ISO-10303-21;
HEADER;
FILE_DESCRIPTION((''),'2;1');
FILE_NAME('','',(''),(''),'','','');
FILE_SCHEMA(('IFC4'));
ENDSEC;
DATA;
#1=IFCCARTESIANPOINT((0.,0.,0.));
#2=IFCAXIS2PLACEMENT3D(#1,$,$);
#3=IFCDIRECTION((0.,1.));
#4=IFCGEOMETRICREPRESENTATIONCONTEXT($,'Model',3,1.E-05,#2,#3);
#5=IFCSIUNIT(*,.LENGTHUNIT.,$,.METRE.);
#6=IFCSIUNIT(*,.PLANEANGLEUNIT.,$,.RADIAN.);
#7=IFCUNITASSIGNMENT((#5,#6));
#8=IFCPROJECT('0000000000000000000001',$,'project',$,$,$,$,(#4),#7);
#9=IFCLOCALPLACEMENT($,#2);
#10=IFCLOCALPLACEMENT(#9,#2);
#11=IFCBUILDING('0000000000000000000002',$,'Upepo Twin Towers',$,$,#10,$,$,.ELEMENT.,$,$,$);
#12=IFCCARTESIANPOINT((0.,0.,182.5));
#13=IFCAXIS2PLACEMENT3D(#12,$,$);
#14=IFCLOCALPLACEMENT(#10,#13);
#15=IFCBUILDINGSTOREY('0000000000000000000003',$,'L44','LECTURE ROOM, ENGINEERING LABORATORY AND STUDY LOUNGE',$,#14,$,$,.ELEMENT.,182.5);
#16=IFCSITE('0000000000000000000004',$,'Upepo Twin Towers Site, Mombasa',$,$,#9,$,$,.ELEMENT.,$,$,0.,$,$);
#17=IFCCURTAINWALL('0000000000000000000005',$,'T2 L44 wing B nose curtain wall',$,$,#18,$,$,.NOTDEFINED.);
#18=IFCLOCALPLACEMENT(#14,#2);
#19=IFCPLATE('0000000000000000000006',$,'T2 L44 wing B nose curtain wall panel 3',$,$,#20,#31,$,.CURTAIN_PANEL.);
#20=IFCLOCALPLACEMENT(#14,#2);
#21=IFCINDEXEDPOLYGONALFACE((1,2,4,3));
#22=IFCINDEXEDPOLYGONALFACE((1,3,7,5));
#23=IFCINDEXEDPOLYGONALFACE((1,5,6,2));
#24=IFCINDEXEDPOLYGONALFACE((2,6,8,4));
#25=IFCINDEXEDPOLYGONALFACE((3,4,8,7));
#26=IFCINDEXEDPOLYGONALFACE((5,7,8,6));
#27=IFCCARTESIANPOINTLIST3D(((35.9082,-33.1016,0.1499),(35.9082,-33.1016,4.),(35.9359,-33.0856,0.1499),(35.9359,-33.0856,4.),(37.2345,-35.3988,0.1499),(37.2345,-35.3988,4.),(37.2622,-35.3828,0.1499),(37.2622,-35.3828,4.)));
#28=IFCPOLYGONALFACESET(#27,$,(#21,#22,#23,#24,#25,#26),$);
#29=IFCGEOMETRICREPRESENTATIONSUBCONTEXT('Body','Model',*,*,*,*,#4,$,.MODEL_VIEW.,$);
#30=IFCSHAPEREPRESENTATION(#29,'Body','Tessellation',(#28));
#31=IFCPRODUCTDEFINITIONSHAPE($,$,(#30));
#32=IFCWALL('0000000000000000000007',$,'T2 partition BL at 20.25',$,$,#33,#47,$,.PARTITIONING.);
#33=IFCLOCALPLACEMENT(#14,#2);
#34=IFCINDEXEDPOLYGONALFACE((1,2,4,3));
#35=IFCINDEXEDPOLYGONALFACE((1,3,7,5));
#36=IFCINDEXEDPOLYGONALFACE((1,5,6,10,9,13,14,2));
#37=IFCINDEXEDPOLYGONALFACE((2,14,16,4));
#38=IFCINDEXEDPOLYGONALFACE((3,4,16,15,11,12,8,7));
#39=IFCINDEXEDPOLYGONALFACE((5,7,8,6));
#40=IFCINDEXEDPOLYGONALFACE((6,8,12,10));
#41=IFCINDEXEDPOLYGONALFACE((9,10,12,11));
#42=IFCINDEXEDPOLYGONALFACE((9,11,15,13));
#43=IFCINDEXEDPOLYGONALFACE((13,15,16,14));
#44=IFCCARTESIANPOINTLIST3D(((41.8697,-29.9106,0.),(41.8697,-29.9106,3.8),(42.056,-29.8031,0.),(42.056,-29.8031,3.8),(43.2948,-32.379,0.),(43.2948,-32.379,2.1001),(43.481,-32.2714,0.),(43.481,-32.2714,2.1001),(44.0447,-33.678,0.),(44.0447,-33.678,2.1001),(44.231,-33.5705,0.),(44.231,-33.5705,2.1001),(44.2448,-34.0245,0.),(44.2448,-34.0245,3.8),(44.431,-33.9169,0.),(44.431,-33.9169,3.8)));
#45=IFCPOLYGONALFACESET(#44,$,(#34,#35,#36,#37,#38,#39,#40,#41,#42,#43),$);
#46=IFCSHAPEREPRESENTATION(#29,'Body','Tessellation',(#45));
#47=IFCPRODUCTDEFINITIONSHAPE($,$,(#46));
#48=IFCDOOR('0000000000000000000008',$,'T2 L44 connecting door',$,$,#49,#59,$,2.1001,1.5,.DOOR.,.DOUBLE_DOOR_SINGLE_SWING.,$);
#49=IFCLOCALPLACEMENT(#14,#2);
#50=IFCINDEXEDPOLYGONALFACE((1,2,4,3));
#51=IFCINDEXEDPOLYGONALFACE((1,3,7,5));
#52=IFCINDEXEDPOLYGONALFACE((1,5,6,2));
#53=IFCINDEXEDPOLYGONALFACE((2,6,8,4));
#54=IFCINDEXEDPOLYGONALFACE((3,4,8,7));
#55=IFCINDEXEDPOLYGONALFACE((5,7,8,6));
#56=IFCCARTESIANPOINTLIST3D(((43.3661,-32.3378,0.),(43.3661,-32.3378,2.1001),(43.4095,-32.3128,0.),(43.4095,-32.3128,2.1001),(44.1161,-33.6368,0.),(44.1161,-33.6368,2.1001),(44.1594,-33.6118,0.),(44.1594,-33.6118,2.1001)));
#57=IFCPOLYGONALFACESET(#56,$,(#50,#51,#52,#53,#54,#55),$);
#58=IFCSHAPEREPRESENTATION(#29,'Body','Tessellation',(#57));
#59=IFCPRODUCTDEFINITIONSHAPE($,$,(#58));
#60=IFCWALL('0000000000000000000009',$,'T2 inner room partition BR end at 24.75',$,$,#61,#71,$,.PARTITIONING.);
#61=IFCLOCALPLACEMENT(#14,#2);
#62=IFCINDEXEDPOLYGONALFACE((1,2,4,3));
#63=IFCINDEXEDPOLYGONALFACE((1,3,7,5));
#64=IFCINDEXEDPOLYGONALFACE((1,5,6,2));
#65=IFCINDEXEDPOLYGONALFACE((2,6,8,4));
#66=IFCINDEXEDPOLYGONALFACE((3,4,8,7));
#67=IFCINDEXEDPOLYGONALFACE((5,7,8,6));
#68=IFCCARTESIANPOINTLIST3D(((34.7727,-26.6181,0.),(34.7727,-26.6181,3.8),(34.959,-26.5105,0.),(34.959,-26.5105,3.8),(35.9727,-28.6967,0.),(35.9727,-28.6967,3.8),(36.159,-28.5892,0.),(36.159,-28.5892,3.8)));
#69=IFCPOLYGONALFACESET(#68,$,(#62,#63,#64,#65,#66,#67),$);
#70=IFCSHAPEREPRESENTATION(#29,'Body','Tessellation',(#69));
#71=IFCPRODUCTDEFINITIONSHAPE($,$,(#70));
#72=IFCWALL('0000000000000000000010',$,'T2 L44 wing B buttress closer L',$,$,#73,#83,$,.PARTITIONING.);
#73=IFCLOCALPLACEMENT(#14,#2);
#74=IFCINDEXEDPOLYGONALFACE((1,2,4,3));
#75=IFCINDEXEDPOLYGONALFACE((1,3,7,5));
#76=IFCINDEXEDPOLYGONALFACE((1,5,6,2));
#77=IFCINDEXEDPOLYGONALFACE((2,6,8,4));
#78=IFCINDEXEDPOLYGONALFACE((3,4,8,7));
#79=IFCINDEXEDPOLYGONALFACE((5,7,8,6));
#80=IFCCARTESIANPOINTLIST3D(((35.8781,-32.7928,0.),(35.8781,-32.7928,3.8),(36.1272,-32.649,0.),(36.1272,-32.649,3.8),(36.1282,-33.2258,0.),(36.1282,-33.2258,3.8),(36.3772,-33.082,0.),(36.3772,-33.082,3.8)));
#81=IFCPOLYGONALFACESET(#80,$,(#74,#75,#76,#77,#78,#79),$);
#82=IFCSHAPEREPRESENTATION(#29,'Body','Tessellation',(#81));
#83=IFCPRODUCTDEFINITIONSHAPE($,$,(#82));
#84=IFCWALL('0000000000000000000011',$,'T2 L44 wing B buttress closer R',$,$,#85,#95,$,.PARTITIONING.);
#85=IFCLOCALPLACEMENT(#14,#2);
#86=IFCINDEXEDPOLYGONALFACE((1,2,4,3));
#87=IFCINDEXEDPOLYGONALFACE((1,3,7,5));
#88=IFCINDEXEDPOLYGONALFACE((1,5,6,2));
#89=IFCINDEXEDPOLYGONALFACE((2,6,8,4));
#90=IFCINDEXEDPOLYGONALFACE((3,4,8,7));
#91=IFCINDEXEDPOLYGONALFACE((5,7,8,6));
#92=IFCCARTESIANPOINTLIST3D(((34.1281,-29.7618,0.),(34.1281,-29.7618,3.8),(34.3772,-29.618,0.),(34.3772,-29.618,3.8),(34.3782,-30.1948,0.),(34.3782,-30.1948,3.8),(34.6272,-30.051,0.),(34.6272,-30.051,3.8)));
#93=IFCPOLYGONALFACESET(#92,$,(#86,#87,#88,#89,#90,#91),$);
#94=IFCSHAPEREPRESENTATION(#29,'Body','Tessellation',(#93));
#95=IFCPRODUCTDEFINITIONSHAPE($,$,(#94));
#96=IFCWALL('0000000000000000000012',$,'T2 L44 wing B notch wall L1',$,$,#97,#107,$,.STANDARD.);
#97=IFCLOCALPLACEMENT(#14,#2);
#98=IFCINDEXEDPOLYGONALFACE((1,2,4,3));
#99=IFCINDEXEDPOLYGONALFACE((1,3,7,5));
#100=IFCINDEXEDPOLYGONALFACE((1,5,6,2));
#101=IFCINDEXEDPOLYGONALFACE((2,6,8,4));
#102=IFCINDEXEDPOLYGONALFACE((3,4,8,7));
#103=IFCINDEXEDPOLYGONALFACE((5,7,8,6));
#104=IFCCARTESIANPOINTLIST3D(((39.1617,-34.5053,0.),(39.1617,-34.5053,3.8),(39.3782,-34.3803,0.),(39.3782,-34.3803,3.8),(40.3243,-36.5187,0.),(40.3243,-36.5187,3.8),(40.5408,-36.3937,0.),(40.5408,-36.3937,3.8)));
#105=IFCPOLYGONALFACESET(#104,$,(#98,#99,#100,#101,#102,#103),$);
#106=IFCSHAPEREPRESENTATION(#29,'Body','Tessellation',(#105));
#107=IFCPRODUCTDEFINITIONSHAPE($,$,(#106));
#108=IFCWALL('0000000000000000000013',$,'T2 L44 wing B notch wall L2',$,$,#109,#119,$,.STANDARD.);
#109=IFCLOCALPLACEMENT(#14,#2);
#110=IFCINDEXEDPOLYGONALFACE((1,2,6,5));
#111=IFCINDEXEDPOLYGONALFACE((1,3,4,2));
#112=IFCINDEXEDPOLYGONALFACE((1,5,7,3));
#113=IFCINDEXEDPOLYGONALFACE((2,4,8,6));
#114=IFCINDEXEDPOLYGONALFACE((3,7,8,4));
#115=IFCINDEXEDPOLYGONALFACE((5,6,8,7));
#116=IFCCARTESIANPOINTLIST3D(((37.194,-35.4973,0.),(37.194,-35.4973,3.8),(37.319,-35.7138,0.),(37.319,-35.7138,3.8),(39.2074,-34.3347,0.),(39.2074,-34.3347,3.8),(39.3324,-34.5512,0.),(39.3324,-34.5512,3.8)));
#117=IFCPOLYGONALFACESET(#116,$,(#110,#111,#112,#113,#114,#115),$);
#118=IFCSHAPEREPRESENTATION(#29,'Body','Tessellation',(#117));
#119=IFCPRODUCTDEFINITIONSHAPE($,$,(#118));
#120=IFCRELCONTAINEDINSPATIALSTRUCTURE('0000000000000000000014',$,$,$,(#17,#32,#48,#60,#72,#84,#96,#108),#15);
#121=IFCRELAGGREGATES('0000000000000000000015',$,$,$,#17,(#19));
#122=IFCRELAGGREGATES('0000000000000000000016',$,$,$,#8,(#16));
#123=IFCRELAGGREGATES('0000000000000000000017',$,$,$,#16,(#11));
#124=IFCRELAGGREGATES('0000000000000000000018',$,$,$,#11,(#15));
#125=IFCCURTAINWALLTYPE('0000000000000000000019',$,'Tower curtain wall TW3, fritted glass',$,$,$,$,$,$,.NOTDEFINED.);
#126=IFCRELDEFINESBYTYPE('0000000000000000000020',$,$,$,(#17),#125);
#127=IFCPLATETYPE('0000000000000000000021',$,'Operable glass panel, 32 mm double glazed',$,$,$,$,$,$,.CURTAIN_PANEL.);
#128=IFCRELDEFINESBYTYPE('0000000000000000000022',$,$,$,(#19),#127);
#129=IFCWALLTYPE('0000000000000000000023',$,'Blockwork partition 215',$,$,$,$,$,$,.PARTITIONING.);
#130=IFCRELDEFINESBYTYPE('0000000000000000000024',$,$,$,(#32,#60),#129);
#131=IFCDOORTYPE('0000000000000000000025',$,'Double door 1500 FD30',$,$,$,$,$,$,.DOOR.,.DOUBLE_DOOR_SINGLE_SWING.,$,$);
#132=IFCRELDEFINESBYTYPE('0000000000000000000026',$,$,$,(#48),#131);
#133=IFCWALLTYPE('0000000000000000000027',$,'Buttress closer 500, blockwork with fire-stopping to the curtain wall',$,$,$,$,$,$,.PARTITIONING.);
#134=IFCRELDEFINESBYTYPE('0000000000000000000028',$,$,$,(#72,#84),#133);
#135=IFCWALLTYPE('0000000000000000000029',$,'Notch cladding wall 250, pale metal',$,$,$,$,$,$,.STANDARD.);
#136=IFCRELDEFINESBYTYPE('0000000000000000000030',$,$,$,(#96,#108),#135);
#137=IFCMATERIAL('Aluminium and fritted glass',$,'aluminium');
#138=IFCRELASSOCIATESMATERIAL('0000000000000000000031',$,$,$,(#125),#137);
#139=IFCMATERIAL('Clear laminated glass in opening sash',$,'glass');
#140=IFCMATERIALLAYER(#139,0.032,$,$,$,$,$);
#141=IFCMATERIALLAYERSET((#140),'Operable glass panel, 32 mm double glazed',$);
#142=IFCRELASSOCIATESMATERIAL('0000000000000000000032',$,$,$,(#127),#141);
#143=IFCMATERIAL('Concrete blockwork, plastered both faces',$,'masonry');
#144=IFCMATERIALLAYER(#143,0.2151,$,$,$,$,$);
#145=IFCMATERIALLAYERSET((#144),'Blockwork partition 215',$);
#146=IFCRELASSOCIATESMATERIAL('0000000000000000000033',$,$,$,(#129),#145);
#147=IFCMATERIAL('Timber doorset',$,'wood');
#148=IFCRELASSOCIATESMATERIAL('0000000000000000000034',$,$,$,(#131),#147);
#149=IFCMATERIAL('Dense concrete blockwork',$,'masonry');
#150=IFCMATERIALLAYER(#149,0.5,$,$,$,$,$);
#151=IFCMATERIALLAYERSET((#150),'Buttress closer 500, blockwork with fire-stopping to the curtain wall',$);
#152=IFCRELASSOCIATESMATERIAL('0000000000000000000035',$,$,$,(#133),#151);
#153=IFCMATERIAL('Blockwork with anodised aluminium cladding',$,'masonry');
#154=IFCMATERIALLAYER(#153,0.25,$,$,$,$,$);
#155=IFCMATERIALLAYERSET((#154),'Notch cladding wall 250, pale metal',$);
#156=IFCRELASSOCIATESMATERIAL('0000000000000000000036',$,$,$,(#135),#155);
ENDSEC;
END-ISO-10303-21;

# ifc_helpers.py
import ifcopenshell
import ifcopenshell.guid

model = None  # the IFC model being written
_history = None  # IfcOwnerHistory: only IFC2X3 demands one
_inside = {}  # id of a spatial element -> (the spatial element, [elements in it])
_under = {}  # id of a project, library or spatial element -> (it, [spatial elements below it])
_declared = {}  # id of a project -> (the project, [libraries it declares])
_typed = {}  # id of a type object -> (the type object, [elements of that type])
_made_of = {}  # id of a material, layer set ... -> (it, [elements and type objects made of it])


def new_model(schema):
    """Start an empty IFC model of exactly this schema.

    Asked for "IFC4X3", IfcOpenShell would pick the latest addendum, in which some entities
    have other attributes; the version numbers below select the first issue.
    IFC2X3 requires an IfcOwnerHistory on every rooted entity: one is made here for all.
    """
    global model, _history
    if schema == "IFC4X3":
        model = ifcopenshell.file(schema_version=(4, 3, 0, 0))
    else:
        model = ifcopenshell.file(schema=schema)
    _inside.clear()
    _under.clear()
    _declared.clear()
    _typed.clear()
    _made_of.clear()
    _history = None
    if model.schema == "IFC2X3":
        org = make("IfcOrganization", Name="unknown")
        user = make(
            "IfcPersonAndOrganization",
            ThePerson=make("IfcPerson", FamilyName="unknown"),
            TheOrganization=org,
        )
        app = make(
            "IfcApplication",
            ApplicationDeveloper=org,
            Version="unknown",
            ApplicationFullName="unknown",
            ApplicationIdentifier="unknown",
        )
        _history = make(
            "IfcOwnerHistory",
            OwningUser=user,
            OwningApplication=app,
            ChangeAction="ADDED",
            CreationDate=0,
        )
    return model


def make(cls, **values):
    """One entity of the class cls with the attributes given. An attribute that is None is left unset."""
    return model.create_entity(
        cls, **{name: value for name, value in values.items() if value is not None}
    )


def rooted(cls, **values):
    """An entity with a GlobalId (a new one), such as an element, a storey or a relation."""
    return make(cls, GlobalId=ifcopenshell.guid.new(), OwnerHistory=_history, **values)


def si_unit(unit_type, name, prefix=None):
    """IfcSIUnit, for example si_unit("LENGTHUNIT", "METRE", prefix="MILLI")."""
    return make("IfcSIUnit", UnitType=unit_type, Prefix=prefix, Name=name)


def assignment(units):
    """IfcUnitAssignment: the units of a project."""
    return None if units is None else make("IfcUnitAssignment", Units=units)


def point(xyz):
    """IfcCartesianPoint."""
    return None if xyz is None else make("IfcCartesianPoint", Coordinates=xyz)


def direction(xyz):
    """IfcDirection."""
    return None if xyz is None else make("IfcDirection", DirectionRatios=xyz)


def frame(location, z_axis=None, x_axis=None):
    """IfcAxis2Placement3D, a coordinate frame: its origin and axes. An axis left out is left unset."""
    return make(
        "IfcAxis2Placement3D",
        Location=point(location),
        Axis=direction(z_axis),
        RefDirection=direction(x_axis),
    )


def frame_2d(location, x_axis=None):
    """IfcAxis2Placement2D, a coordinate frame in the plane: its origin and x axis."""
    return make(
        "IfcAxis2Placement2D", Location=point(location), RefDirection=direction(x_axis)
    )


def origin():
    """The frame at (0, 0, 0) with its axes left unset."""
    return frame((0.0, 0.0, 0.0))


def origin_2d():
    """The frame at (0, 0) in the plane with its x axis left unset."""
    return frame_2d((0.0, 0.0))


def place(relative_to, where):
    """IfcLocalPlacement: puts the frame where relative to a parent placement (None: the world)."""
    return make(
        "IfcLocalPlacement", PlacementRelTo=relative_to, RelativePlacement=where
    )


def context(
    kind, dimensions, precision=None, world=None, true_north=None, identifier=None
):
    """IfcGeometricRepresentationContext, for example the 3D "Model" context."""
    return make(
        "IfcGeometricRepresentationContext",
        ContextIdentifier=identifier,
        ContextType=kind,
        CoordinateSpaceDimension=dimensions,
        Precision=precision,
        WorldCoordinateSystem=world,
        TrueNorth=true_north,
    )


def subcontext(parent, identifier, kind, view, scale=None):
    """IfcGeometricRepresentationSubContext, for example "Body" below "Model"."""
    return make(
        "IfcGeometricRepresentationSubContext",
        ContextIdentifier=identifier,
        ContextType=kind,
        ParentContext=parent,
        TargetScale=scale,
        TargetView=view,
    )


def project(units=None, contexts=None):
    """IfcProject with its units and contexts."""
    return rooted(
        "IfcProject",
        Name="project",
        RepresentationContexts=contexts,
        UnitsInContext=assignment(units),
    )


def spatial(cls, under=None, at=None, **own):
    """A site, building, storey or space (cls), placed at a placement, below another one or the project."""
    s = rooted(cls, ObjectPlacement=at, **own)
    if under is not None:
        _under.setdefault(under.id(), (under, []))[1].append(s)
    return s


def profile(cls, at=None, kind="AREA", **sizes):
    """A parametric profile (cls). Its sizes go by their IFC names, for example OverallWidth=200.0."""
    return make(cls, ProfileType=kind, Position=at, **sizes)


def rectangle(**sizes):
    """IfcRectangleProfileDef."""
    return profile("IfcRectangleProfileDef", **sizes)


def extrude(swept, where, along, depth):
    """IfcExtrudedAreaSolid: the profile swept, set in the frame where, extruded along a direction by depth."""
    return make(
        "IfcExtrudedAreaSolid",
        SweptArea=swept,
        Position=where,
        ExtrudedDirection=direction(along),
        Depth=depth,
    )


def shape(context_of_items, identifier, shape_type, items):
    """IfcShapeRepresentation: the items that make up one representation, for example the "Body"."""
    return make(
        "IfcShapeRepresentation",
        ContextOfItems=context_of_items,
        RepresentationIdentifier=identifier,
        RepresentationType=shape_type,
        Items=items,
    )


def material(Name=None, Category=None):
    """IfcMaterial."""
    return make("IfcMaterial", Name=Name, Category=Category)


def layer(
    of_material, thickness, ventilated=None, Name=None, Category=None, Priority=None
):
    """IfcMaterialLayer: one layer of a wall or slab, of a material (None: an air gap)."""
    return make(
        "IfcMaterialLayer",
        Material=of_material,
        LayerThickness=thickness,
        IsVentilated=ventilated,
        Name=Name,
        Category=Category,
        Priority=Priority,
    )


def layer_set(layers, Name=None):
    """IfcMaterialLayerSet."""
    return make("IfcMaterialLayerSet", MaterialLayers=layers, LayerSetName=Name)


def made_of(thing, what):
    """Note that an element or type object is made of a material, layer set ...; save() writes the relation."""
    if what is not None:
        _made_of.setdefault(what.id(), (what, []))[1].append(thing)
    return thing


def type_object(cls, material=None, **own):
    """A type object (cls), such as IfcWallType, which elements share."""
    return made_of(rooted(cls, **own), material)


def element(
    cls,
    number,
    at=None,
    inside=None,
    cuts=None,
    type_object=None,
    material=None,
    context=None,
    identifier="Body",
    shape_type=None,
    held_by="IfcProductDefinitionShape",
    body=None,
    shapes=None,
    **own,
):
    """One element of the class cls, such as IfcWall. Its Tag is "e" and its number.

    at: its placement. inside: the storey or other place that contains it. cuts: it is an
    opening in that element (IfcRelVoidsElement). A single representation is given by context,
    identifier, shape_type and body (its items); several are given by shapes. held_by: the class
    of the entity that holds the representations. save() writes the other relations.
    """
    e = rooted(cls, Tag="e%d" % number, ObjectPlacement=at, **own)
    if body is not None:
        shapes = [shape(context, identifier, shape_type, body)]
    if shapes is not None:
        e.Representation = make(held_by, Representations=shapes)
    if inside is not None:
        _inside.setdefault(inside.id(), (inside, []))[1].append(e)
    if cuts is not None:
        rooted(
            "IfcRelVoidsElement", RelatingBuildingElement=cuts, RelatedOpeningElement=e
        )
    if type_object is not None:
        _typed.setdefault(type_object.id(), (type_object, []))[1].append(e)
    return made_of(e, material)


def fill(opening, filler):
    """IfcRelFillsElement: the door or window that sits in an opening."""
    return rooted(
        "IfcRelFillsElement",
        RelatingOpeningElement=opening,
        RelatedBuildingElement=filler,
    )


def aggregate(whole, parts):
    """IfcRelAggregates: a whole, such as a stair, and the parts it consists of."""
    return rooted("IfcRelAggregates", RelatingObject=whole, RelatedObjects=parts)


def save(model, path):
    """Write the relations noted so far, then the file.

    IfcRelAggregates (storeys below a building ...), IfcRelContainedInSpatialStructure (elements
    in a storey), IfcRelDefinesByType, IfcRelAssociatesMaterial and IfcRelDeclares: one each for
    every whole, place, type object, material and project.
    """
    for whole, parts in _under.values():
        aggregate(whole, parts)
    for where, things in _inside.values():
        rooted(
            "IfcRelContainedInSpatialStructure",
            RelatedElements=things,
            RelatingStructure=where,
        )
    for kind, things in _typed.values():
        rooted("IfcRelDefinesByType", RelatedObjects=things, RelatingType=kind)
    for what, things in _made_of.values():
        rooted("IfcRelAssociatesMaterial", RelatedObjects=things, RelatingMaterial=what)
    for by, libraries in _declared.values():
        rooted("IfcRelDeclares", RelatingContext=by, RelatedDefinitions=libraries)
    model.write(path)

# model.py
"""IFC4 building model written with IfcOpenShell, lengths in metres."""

from ifc_helpers import new_model, si_unit, direction, frame, frame_2d, origin, origin_2d, place, context, subcontext, project, spatial, rectangle, extrude, material, layer, layer_set, type_object, element, fill, aggregate, save


model = new_model("IFC4")

# Units and contexts
model_context = context("Model", 3, precision=1e-05, world=origin(), true_north=direction((0.0, 1.0)))
body_context = subcontext(model_context, "Body", "Model", "MODEL_VIEW")
ifc_project = project(units=[si_unit("LENGTHUNIT", "METRE"), si_unit("PLANEANGLEUNIT", "RADIAN")], contexts=[model_context])

# Site, building, storey
site_placement = place(None, origin())
site = spatial("IfcSite", under=ifc_project, at=site_placement, Name="Upepo Twin Towers Site, Mombasa", CompositionType="ELEMENT", RefElevation=0.0)
building_placement = place(site_placement, origin())
building = spatial("IfcBuilding", under=site, at=building_placement, Name="Upepo Twin Towers", CompositionType="ELEMENT")
storey_placement = place(building_placement, frame((0.0, 0.0, 182.5)))
storey = spatial("IfcBuildingStorey", under=building, at=storey_placement, Name="L44", Description="LECTURE ROOM, ENGINEERING LABORATORY AND STUDY LOUNGE", CompositionType="ELEMENT", Elevation=182.5)

# Shared definitions
ifc_material_1 = material(Name="Aluminium and fritted glass", Category="aluminium")
curtain_wall_type = type_object("IfcCurtainWallType", Name="Tower curtain wall TW3, fritted glass", PredefinedType="NOTDEFINED", material=ifc_material_1)

# Curtain wall
curtain_wall_1_placement = place(storey_placement, origin())
curtain_wall_1 = element("IfcCurtainWall", 1, at=curtain_wall_1_placement, inside=storey, type_object=curtain_wall_type, Name="T2 L44 wing B nose curtain wall", PredefinedType="NOTDEFINED")

# Plate
ifc_material_2 = material(Name="Clear laminated glass in opening sash", Category="glass")
ifc_layer_1 = layer(ifc_material_2, 0.032)
ifc_layer_set_1 = layer_set([ifc_layer_1], Name="Operable glass panel, 32 mm double glazed")
plate_type_1 = type_object("IfcPlateType", Name="Operable glass panel, 32 mm double glazed", PredefinedType="CURTAIN_PANEL", material=ifc_layer_set_1)
plate_1_placement = place(storey_placement, frame((36.5852, -34.2422, 0.1499), z_axis=(0.0, 0.0, 1.0), x_axis=(0.5, -0.866025, 0.0)))
plate_1 = element("IfcPlate", 2, at=plate_1_placement, type_object=plate_type_1, Name="T2 L44 wing B nose curtain wall panel 3", PredefinedType="CURTAIN_PANEL", context=body_context, shape_type="SweptSolid", body=[
    extrude(rectangle(XDim=2.6526, YDim=0.032, at=origin_2d()), origin(), (0.0, 0.0, 1.0), 3.8501),
])
aggregate(curtain_wall_1, [plate_1])

# Wall, opening, door
ifc_material_3 = material(Name="Concrete blockwork, plastered both faces", Category="masonry")
ifc_layer_2 = layer(ifc_material_3, 0.2151)
ifc_layer_set_2 = layer_set([ifc_layer_2], Name="Blockwork partition 215")
wall_type_1 = type_object("IfcWallType", Name="Blockwork partition 215", PredefinedType="PARTITIONING", material=ifc_layer_set_2)
wall_1_placement = place(storey_placement, frame((41.9629, -29.8569, 0.0), z_axis=(0.0, 0.0, 1.0), x_axis=(0.499986, -0.866033, 0.0)))
wall_1 = element("IfcWall", 3, at=wall_1_placement, inside=storey, type_object=wall_type_1, Name="T2 partition BL at 20.25", PredefinedType="PARTITIONING", context=body_context, shape_type="SweptSolid", body=[
    extrude(rectangle(XDim=4.7502, YDim=0.2151, at=frame_2d((2.375, 0.0))), origin(), (0.0, 0.0, 1.0), 3.8),
])
opening_placement = place(wall_1_placement, frame((2.8501, 0.0, 0.0)))
opening = element("IfcOpeningElement", 4, at=opening_placement, cuts=wall_1, PredefinedType="OPENING", context=body_context, shape_type="SweptSolid", body=[
    extrude(rectangle(XDim=1.5, YDim=2.1001, at=frame_2d((0.75, 1.05))), frame((0.0, 0.1174, 0.0), z_axis=(0.0, -1.0, 0.0), x_axis=(1.0, 0.0, 0.0)), (0.0, 0.0, 1.0), 0.2351),
])
ifc_material_4 = material(Name="Timber doorset", Category="wood")
door_type = type_object("IfcDoorType", Name="Double door 1500 FD30", OperationType="DOUBLE_DOOR_SINGLE_SWING", PredefinedType="DOOR", material=ifc_material_4)
door_placement = place(opening_placement, origin())
door = element("IfcDoor", 5, at=door_placement, inside=storey, type_object=door_type, Name="T2 L44 connecting door", OperationType="DOUBLE_DOOR_SINGLE_SWING", OverallHeight=2.1001, OverallWidth=1.5, PredefinedType="DOOR", context=body_context, shape_type="SweptSolid", body=[
    extrude(rectangle(XDim=1.5, YDim=2.1001, at=frame_2d((0.75, 1.05))), frame((0.0, 0.0249, 0.0), z_axis=(0.0, -1.0, 0.0), x_axis=(1.0, 0.0, 0.0)), (0.0, 0.0, 1.0), 0.05),
])
fill(opening, door)

# Walls
wall_2_placement = place(storey_placement, frame((36.0659, -28.6431, 0.0), z_axis=(0.0, 0.0, 1.0), x_axis=(-0.499957, 0.86605, 0.0)))
element("IfcWall", 6, at=wall_2_placement, inside=storey, type_object=wall_type_1, Name="T2 inner room partition BR end at 24.75", PredefinedType="PARTITIONING", context=body_context, shape_type="SweptSolid", body=[
    extrude(rectangle(XDim=2.4001, YDim=0.2151, at=frame_2d((1.2002, 0.0))), origin(), (0.0, 0.0, 1.0), 3.8),
])
ifc_material_5 = material(Name="Dense concrete blockwork", Category="masonry")
ifc_layer_3 = layer(ifc_material_5, 0.5)
ifc_layer_set_3 = layer_set([ifc_layer_3], Name="Buttress closer 500, blockwork with fire-stopping to the curtain wall")
wall_type_2 = type_object("IfcWallType", Name="Buttress closer 500, blockwork with fire-stopping to the curtain wall", PredefinedType="PARTITIONING", material=ifc_layer_set_3)
for number, where, z_axis, x_axis, name in (
    (7, (36.2522, -32.8655, 0.0), (0.0, 0.0, 1.0), (-0.865988, -0.500065, 0.0), "T2 L44 wing B buttress closer L"),
    (8, (34.5022, -29.8345, 0.0), (0.0, 0.0, 1.0), (-0.865988, -0.500065, 0.0), "T2 L44 wing B buttress closer R"),
):
    element("IfcWall", number, at=place(storey_placement, frame(where, z_axis=z_axis, x_axis=x_axis)), inside=storey, type_object=wall_type_2, Name=name, PredefinedType="PARTITIONING", context=body_context, shape_type="SweptSolid", body=[
        extrude(rectangle(XDim=0.2876, YDim=0.5, at=frame_2d((0.1438, 0.0))), origin(), (0.0, 0.0, 1.0), 3.8),
    ])
ifc_material_6 = material(Name="Blockwork with anodised aluminium cladding", Category="masonry")
ifc_layer_4 = layer(ifc_material_6, 0.25)
ifc_layer_set_4 = layer_set([ifc_layer_4], Name="Notch cladding wall 250, pale metal")
wall_type_3 = type_object("IfcWallType", Name="Notch cladding wall 250, pale metal", PredefinedType="STANDARD", material=ifc_layer_set_4)
for number, where, z_axis, x_axis, name in (
    (9, (40.4326, -36.4563, 0.0), (0.0, 0.0, 1.0), (-0.500047, 0.865998, 0.0), "T2 L44 wing B notch wall L1"),
    (10, (39.27, -34.4429, 0.0), (0.0, 0.0, 1.0), (-0.865998, -0.500047, 0.0), "T2 L44 wing B notch wall L2"),
):
    element("IfcWall", number, at=place(storey_placement, frame(where, z_axis=z_axis, x_axis=x_axis)), inside=storey, type_object=wall_type_3, Name=name, PredefinedType="STANDARD", context=body_context, shape_type="SweptSolid", body=[
        extrude(rectangle(XDim=2.325, YDim=0.25, at=frame_2d((1.1626, 0.0))), origin(), (0.0, 0.0, 1.0), 3.8),
    ])

save(model, "model.ifc")
